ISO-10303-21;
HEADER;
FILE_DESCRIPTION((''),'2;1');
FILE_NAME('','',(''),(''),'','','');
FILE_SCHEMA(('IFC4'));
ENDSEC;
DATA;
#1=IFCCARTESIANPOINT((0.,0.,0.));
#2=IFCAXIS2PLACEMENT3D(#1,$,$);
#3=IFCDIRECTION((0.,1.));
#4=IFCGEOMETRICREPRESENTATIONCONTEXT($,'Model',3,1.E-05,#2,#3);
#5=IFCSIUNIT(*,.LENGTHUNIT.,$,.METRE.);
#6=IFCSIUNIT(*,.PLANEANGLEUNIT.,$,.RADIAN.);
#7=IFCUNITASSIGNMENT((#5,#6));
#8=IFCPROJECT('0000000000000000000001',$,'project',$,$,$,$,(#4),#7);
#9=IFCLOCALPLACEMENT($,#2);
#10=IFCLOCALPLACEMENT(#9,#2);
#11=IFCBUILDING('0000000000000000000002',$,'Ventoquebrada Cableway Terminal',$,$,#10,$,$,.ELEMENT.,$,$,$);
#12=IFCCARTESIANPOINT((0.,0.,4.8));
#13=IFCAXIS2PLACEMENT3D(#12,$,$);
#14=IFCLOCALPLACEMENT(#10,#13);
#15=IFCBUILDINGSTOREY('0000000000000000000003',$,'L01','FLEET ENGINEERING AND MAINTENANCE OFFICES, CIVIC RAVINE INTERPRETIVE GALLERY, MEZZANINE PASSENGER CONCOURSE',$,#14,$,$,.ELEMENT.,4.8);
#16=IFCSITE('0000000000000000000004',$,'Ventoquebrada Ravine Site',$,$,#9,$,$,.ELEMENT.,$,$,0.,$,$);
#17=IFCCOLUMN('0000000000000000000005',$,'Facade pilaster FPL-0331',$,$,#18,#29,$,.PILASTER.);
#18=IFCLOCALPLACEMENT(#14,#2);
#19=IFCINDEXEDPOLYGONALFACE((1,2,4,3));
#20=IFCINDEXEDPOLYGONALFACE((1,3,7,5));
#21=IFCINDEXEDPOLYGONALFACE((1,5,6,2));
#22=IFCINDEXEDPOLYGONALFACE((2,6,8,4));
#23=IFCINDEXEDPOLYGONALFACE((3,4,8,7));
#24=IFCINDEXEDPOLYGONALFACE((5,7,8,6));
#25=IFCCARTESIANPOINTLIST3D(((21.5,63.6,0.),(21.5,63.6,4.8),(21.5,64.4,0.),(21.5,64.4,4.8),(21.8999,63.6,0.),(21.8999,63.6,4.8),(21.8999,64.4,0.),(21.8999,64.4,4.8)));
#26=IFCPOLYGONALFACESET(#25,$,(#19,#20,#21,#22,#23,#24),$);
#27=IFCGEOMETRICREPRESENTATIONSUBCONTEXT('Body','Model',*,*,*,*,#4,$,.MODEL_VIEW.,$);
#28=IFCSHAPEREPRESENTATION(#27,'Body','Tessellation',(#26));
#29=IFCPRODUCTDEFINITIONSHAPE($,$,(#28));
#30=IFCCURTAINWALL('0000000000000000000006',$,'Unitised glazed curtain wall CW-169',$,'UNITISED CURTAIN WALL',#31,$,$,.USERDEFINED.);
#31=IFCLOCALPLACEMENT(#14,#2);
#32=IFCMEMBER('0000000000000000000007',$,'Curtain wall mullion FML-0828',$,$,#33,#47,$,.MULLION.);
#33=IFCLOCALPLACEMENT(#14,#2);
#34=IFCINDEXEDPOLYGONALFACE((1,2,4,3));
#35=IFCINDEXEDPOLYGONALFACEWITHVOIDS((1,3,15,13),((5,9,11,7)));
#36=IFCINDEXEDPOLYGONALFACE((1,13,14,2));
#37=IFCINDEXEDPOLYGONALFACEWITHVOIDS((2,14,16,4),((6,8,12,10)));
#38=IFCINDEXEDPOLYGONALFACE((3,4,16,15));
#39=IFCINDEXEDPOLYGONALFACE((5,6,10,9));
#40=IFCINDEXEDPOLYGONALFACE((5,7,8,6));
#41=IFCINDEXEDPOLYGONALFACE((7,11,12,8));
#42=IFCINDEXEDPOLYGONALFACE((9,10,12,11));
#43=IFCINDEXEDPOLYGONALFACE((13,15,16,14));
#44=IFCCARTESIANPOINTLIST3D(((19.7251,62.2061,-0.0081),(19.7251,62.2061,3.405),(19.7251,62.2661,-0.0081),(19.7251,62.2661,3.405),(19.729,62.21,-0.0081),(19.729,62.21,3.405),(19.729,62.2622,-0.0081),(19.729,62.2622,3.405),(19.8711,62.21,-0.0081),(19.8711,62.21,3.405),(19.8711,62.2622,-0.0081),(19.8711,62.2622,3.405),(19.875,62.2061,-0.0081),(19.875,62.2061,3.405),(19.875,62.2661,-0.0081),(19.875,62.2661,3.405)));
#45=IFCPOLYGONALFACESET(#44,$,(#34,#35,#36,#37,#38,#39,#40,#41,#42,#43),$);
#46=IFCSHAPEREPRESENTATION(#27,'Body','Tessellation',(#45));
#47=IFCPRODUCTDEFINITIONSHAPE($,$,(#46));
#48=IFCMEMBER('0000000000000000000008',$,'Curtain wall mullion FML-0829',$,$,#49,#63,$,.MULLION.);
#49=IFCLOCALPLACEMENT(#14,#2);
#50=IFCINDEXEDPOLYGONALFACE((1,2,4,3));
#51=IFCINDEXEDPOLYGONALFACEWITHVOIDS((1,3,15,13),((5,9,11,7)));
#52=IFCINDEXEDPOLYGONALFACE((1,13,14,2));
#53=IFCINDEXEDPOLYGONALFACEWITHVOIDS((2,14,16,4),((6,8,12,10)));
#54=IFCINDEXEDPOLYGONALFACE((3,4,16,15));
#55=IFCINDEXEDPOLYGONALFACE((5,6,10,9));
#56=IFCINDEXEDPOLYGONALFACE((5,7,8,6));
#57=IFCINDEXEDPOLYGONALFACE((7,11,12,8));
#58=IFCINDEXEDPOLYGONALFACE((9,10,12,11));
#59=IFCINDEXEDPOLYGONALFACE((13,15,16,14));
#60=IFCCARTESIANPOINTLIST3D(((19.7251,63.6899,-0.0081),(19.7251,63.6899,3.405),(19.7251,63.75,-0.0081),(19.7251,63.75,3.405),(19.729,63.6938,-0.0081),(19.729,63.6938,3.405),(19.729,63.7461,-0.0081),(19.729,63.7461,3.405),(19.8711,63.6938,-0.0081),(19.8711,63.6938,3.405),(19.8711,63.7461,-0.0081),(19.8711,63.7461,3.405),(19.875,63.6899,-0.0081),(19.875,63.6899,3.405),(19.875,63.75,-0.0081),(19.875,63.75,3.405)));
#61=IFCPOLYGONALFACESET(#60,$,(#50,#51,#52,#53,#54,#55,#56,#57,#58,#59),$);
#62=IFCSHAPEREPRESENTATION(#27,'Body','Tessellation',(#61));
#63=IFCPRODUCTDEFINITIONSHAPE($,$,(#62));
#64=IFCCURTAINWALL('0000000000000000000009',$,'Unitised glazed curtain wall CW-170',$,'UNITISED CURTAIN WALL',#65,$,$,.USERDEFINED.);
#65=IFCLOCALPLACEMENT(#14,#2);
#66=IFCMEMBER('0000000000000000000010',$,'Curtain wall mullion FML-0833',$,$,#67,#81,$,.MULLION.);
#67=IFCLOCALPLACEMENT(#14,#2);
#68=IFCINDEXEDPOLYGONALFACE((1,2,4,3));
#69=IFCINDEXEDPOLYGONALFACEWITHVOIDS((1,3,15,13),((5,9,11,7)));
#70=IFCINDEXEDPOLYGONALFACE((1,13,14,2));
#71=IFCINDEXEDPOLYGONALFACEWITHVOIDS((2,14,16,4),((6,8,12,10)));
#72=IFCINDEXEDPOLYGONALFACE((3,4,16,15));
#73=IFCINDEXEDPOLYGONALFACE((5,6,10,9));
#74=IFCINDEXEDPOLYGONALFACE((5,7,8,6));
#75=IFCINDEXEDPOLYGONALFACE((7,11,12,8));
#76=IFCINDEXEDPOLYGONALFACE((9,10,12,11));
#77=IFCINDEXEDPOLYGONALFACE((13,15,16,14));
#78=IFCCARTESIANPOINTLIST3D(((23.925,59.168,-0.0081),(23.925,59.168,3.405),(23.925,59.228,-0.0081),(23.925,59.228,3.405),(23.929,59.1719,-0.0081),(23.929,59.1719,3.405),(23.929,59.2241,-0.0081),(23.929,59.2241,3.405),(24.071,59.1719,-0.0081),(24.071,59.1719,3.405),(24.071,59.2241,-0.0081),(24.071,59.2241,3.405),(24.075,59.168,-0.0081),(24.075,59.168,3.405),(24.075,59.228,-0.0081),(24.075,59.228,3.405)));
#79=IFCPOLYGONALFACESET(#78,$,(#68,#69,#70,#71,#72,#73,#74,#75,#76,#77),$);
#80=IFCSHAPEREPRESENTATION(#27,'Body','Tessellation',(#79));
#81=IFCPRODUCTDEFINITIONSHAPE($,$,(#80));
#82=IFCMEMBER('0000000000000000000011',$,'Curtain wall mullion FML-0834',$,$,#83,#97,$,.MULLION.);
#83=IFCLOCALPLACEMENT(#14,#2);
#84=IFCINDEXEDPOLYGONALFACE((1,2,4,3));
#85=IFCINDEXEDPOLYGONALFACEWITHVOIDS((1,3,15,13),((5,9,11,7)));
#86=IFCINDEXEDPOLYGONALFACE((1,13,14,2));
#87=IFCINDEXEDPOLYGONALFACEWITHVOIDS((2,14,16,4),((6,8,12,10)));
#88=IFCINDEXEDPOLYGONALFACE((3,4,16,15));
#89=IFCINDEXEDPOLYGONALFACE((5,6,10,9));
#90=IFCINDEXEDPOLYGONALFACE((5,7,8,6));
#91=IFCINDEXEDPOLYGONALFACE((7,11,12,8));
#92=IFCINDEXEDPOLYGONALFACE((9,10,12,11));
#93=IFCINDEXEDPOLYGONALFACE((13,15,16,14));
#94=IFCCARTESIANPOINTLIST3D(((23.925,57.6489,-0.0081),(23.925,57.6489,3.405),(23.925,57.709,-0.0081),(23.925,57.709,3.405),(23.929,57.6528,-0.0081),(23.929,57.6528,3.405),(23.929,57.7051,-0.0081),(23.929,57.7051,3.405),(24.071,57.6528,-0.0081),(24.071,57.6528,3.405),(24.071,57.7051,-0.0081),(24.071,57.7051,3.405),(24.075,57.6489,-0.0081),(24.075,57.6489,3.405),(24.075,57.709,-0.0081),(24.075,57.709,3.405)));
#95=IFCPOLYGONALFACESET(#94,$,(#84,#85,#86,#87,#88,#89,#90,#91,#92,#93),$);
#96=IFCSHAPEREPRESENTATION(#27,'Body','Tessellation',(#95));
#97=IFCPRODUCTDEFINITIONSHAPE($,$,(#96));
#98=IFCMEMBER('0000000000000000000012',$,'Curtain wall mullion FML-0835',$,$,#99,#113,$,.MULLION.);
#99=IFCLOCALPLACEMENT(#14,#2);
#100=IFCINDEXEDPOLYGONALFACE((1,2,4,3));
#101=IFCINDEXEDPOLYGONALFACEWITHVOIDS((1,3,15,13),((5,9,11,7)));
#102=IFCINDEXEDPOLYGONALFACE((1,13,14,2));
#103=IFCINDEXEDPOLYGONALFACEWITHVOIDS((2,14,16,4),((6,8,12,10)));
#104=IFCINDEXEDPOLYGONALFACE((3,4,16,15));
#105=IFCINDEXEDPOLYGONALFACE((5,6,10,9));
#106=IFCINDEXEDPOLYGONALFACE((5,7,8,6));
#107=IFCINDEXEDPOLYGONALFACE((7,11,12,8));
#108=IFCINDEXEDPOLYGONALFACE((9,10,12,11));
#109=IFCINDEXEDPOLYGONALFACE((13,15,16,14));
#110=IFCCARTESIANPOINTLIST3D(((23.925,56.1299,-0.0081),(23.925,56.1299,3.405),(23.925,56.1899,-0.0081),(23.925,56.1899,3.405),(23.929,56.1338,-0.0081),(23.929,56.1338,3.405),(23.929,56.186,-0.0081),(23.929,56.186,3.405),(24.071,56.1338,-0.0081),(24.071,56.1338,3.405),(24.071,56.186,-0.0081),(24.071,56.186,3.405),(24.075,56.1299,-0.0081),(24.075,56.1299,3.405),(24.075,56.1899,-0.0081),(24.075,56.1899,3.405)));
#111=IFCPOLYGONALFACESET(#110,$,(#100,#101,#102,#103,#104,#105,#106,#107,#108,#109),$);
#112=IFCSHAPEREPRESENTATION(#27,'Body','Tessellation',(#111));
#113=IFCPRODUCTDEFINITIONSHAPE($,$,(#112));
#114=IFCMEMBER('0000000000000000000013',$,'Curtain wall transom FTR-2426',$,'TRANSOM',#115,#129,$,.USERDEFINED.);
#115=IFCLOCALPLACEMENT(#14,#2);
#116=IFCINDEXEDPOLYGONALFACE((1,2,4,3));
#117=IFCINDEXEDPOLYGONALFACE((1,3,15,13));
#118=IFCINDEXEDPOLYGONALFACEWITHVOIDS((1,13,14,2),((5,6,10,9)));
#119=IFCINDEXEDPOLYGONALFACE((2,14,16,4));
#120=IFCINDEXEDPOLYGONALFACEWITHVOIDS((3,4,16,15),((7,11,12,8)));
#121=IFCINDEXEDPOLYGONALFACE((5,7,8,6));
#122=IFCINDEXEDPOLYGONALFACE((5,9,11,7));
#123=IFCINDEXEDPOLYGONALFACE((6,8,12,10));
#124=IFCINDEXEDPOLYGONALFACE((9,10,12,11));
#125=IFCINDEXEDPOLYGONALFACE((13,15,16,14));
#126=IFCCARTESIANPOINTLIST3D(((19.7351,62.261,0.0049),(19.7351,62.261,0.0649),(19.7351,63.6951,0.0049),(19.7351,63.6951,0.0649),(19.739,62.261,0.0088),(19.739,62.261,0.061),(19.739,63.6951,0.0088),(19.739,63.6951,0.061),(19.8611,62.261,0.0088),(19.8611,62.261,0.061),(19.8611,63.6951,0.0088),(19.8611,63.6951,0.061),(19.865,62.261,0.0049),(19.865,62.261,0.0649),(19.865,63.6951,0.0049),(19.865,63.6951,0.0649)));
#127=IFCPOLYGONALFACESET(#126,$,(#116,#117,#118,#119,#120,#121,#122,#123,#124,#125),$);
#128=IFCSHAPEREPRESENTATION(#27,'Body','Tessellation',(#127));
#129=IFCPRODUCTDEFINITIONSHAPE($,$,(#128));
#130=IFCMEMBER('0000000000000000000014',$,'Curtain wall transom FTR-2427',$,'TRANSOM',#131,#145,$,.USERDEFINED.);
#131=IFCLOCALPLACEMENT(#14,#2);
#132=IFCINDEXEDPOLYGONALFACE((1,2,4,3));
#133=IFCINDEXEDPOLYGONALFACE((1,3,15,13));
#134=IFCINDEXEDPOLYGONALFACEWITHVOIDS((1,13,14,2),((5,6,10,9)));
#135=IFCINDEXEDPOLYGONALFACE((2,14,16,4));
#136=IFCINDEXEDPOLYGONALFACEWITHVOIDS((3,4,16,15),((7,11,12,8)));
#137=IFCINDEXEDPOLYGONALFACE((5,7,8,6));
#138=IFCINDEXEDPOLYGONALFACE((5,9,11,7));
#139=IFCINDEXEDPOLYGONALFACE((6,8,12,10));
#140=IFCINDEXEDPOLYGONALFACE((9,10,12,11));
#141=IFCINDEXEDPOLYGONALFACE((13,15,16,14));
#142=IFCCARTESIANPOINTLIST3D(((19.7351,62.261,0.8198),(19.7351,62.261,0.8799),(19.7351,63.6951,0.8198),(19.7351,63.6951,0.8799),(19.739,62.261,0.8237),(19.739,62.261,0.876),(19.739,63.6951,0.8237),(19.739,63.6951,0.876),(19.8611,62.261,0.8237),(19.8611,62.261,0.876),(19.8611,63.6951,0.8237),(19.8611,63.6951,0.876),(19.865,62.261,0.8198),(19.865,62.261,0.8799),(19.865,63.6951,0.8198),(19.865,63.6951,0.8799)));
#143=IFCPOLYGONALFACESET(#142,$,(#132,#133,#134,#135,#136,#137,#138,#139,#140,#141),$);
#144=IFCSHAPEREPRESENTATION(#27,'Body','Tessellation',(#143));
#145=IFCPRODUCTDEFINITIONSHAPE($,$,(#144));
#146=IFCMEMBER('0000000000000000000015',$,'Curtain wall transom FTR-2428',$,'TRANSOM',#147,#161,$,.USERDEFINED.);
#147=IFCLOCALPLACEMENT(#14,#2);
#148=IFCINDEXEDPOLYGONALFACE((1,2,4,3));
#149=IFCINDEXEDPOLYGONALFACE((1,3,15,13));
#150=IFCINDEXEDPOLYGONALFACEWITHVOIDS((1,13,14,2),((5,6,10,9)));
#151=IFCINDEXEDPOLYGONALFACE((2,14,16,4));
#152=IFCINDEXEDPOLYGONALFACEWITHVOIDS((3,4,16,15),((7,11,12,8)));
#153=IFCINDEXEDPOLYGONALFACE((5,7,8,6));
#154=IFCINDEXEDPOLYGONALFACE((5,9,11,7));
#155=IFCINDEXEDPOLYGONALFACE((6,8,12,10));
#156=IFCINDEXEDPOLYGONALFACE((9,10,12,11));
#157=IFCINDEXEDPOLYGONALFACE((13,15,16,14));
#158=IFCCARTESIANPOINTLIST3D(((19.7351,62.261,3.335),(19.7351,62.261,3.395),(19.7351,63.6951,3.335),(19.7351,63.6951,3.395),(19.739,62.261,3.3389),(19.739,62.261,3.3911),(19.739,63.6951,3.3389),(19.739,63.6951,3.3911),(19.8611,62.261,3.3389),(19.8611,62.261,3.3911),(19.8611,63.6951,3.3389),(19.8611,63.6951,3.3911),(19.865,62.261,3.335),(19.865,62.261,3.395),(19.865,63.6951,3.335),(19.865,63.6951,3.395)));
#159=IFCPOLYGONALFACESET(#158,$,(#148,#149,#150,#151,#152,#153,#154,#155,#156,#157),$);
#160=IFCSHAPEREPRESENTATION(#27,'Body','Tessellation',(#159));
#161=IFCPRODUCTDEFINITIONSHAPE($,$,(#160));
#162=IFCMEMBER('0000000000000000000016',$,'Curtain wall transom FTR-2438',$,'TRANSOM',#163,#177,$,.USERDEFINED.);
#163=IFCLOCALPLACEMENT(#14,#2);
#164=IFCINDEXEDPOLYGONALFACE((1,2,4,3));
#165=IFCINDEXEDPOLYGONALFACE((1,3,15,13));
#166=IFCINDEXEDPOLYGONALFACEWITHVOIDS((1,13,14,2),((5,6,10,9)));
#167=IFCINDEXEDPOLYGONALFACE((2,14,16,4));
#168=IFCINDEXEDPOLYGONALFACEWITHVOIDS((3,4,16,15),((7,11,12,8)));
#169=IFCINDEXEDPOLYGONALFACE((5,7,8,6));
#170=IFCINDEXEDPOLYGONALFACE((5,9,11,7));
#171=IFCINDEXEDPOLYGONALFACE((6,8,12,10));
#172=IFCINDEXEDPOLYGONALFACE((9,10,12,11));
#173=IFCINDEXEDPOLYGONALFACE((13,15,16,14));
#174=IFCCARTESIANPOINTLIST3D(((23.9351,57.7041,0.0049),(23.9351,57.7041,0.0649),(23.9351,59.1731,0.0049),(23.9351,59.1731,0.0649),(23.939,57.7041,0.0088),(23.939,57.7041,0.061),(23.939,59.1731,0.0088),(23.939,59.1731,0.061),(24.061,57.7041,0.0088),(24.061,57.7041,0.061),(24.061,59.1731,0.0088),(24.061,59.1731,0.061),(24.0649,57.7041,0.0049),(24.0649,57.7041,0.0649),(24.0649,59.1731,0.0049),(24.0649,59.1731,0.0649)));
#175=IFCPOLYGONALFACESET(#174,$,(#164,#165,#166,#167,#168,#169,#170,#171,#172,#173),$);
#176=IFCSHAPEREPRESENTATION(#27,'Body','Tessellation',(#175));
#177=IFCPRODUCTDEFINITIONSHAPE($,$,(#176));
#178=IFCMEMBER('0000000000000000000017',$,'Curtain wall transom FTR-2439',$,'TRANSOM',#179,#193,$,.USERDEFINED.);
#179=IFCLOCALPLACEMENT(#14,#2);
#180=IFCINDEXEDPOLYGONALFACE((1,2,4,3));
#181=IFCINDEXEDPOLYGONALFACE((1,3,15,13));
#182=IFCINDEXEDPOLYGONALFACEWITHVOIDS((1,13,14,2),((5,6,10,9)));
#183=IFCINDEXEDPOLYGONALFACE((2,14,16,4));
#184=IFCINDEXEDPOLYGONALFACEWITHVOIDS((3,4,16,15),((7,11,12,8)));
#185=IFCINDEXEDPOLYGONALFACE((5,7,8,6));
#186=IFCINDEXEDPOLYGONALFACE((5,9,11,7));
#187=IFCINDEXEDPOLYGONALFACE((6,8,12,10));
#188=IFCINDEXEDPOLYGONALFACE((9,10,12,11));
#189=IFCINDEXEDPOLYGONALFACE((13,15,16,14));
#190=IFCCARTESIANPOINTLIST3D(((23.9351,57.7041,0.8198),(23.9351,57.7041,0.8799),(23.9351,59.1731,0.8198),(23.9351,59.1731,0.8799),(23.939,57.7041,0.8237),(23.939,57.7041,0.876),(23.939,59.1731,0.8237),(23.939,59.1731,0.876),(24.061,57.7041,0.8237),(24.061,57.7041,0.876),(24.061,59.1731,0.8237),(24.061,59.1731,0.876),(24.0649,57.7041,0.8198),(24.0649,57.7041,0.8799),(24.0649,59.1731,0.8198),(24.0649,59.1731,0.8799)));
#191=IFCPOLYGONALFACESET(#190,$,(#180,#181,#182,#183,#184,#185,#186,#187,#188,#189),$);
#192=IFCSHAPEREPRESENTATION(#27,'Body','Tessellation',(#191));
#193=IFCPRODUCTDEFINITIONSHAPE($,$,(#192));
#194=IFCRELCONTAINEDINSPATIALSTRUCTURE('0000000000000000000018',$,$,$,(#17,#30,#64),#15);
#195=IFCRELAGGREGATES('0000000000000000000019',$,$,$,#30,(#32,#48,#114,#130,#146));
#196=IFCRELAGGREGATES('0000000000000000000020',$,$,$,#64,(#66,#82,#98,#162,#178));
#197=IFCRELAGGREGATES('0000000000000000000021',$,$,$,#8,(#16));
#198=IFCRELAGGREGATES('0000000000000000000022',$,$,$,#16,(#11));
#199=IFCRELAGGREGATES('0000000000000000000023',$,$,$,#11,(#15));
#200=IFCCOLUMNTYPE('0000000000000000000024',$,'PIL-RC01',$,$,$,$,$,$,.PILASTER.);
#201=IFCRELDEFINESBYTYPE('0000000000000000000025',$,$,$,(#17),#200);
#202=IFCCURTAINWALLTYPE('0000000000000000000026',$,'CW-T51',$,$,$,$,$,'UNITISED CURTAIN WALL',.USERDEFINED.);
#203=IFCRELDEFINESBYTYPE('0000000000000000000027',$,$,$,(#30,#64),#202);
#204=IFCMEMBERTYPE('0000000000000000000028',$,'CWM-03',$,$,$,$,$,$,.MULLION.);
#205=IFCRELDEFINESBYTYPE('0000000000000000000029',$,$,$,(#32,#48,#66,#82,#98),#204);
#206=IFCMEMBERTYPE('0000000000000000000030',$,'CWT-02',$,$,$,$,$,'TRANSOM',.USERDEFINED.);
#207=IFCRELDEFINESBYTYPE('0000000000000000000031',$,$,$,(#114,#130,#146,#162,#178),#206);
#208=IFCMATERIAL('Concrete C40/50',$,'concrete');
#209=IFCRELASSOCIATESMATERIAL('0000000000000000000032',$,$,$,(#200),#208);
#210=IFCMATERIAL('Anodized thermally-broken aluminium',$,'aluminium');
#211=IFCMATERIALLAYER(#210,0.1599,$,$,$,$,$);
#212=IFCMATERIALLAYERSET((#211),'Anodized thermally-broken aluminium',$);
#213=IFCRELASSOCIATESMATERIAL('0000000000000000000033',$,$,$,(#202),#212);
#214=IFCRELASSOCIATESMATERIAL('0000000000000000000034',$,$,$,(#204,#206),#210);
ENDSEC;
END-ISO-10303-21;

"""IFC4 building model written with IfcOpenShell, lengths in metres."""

from ifc_helpers import new_model, si_unit, direction, frame, origin, origin_2d, place, context, subcontext, project, spatial, rectangle, hollow_rectangle, extrude, material, layer, layer_set, material_profile, profile_set, type_object, element, aggregate, save


model = new_model("IFC4")

# Units and contexts
model_context = context("Model", 3, precision=1e-05, world=origin(), true_north=direction((0.0, 1.0)))
body_context = subcontext(model_context, "Body", "Model", "MODEL_VIEW")
ifc_project = project(units=[si_unit("LENGTHUNIT", "METRE"), si_unit("PLANEANGLEUNIT", "RADIAN")], contexts=[model_context])

# Site, building, storey
site_placement = place(None, origin())
site = spatial("IfcSite", under=ifc_project, at=site_placement, Name="Ventoquebrada Ravine Site", CompositionType="ELEMENT", RefElevation=0.0)
building_placement = place(site_placement, origin())
building = spatial("IfcBuilding", under=site, at=building_placement, Name="Ventoquebrada Cableway Terminal", CompositionType="ELEMENT")
storey_placement = place(building_placement, frame((0.0, 0.0, 4.8)))
storey = spatial("IfcBuildingStorey", under=building, at=storey_placement, Name="L01", Description="FLEET ENGINEERING AND MAINTENANCE OFFICES, CIVIC RAVINE INTERPRETIVE GALLERY, MEZZANINE PASSENGER CONCOURSE", CompositionType="ELEMENT", Elevation=4.8)

# Column
ifc_material_1 = material(Name="Concrete C40/50", Category="concrete")
ifc_material_profile_1 = material_profile(ifc_material_1, rectangle(XDim=0.3999, YDim=0.8, at=origin_2d()), Name="RC-PIL-400X800")
ifc_profile_set_1 = profile_set([ifc_material_profile_1], Name="Concrete C40/50")
column_type = type_object("IfcColumnType", Name="PIL-RC01", PredefinedType="PILASTER", material=ifc_profile_set_1)
column_placement = place(storey_placement, frame((21.7, 64.0, 0.0), z_axis=(0.0, 0.0, 1.0), x_axis=(1.0, 0.0, 0.0)))
element("IfcColumn", 1, at=column_placement, inside=storey, type_object=column_type, Name="Facade pilaster FPL-0331", PredefinedType="PILASTER", context=body_context, shape_type="SweptSolid", body=[
    extrude(rectangle(XDim=0.3999, YDim=0.8, at=origin_2d()), origin(), (0.0, 0.0, 1.0), 4.8),
])

# Curtain walls, members
ifc_material_2 = material(Name="Anodized thermally-broken aluminium", Category="aluminium")
ifc_layer_1 = layer(ifc_material_2, 0.1599)
ifc_layer_set_1 = layer_set([ifc_layer_1], Name="Anodized thermally-broken aluminium")
curtain_wall_type = type_object("IfcCurtainWallType", Name="CW-T51", ElementType="UNITISED CURTAIN WALL", PredefinedType="USERDEFINED", material=ifc_layer_set_1)
curtain_wall_1_placement = place(storey_placement, origin())
curtain_wall_1 = element("IfcCurtainWall", 2, at=curtain_wall_1_placement, inside=storey, type_object=curtain_wall_type, Name="Unitised glazed curtain wall CW-169", ObjectType="UNITISED CURTAIN WALL", PredefinedType="USERDEFINED")
ifc_material_profile_2 = material_profile(ifc_material_2, hollow_rectangle(XDim=0.0601, YDim=0.1499, WallThickness=0.0039, at=origin_2d()), Name="CW-MUL-60X150")
ifc_profile_set_2 = profile_set([ifc_material_profile_2], Name="Anodized thermally-broken aluminium")
member_type_1 = type_object("IfcMemberType", Name="CWM-03", PredefinedType="MULLION", material=ifc_profile_set_2)
member_1_placement = place(storey_placement, frame((19.8, 62.2361, -0.0081), z_axis=(0.0, 0.0, 1.0), x_axis=(0.0, 1.0, 0.0)))
member_1 = element("IfcMember", 3, at=member_1_placement, type_object=member_type_1, Name="Curtain wall mullion FML-0828", PredefinedType="MULLION", context=body_context, shape_type="SweptSolid", body=[
    extrude(hollow_rectangle(XDim=0.0601, YDim=0.1499, WallThickness=0.0039, at=origin_2d()), origin(), (0.0, 0.0, 1.0), 3.4131),
])
member_2_placement = place(storey_placement, frame((19.8, 63.72, -0.0081), z_axis=(0.0, 0.0, 1.0), x_axis=(0.0, 1.0, 0.0)))
member_2 = element("IfcMember", 4, at=member_2_placement, type_object=member_type_1, Name="Curtain wall mullion FML-0829", PredefinedType="MULLION", context=body_context, shape_type="SweptSolid", body=[
    extrude(hollow_rectangle(XDim=0.0601, YDim=0.1499, WallThickness=0.0039, at=origin_2d()), origin(), (0.0, 0.0, 1.0), 3.4131),
])
curtain_wall_2_placement = place(storey_placement, origin())
curtain_wall_2 = element("IfcCurtainWall", 5, at=curtain_wall_2_placement, inside=storey, type_object=curtain_wall_type, Name="Unitised glazed curtain wall CW-170", ObjectType="UNITISED CURTAIN WALL", PredefinedType="USERDEFINED")
member_3_placement = place(storey_placement, frame((24.0, 59.198, -0.0081), z_axis=(0.0, 0.0, 1.0), x_axis=(0.0, -1.0, 0.0)))
member_3 = element("IfcMember", 6, at=member_3_placement, type_object=member_type_1, Name="Curtain wall mullion FML-0833", PredefinedType="MULLION", context=body_context, shape_type="SweptSolid", body=[
    extrude(hollow_rectangle(XDim=0.0601, YDim=0.1499, WallThickness=0.0039, at=origin_2d()), origin(), (0.0, 0.0, 1.0), 3.4131),
])
member_4_placement = place(storey_placement, frame((24.0, 57.679, -0.0081), z_axis=(0.0, 0.0, 1.0), x_axis=(0.0, -1.0, 0.0)))
member_4 = element("IfcMember", 7, at=member_4_placement, type_object=member_type_1, Name="Curtain wall mullion FML-0834", PredefinedType="MULLION", context=body_context, shape_type="SweptSolid", body=[
    extrude(hollow_rectangle(XDim=0.0601, YDim=0.1499, WallThickness=0.0039, at=origin_2d()), origin(), (0.0, 0.0, 1.0), 3.4131),
])
member_5_placement = place(storey_placement, frame((24.0, 56.1599, -0.0081), z_axis=(0.0, 0.0, 1.0), x_axis=(0.0, -1.0, 0.0)))
member_5 = element("IfcMember", 8, at=member_5_placement, type_object=member_type_1, Name="Curtain wall mullion FML-0835", PredefinedType="MULLION", context=body_context, shape_type="SweptSolid", body=[
    extrude(hollow_rectangle(XDim=0.0601, YDim=0.1499, WallThickness=0.0039, at=origin_2d()), origin(), (0.0, 0.0, 1.0), 3.4131),
])

# Members
ifc_material_profile_3 = material_profile(ifc_material_2, hollow_rectangle(XDim=0.0601, YDim=0.1299, WallThickness=0.0039, at=origin_2d()), Name="CW-TRN-60X130")
ifc_profile_set_3 = profile_set([ifc_material_profile_3], Name="Anodized thermally-broken aluminium")
member_type_2 = type_object("IfcMemberType", Name="CWT-02", ElementType="TRANSOM", PredefinedType="USERDEFINED", material=ifc_profile_set_3)
member_6_placement = place(storey_placement, frame((19.8, 62.261, 0.0349), z_axis=(0.0, 1.0, 0.0), x_axis=(0.0, 0.0, 1.0)))
member_6 = element("IfcMember", 9, at=member_6_placement, type_object=member_type_2, Name="Curtain wall transom FTR-2426", ObjectType="TRANSOM", PredefinedType="USERDEFINED", context=body_context, shape_type="SweptSolid", body=[
    extrude(hollow_rectangle(XDim=0.0601, YDim=0.1299, WallThickness=0.0039, at=origin_2d()), origin(), (0.0, 0.0, 1.0), 1.4341),
])
member_7_placement = place(storey_placement, frame((19.8, 62.261, 0.8499), z_axis=(0.0, 1.0, 0.0), x_axis=(0.0, 0.0, 1.0)))
member_7 = element("IfcMember", 10, at=member_7_placement, type_object=member_type_2, Name="Curtain wall transom FTR-2427", ObjectType="TRANSOM", PredefinedType="USERDEFINED", context=body_context, shape_type="SweptSolid", body=[
    extrude(hollow_rectangle(XDim=0.0601, YDim=0.1299, WallThickness=0.0039, at=origin_2d()), origin(), (0.0, 0.0, 1.0), 1.4341),
])
member_8_placement = place(storey_placement, frame((19.8, 62.261, 3.365), z_axis=(0.0, 1.0, 0.0), x_axis=(0.0, 0.0, 1.0)))
member_8 = element("IfcMember", 11, at=member_8_placement, type_object=member_type_2, Name="Curtain wall transom FTR-2428", ObjectType="TRANSOM", PredefinedType="USERDEFINED", context=body_context, shape_type="SweptSolid", body=[
    extrude(hollow_rectangle(XDim=0.0601, YDim=0.1299, WallThickness=0.0039, at=origin_2d()), origin(), (0.0, 0.0, 1.0), 1.4341),
])
member_9_placement = place(storey_placement, frame((24.0, 59.1731, 0.0349), z_axis=(0.0, -1.0, 0.0), x_axis=(0.0, 0.0, 1.0)))
member_9 = element("IfcMember", 12, at=member_9_placement, type_object=member_type_2, Name="Curtain wall transom FTR-2438", ObjectType="TRANSOM", PredefinedType="USERDEFINED", context=body_context, shape_type="SweptSolid", body=[
    extrude(hollow_rectangle(XDim=0.0601, YDim=0.1299, WallThickness=0.0039, at=origin_2d()), origin(), (0.0, 0.0, 1.0), 1.469),
])
member_10_placement = place(storey_placement, frame((24.0, 59.1731, 0.8499), z_axis=(0.0, -1.0, 0.0), x_axis=(0.0, 0.0, 1.0)))
member_10 = element("IfcMember", 13, at=member_10_placement, type_object=member_type_2, Name="Curtain wall transom FTR-2439", ObjectType="TRANSOM", PredefinedType="USERDEFINED", context=body_context, shape_type="SweptSolid", body=[
    extrude(hollow_rectangle(XDim=0.0601, YDim=0.1299, WallThickness=0.0039, at=origin_2d()), origin(), (0.0, 0.0, 1.0), 1.469),
])

aggregate(curtain_wall_1, [member_1, member_2, member_6, member_7, member_8])
aggregate(curtain_wall_2, [member_3, member_4, member_5, member_9, member_10])

save(model, "model.ifc")
